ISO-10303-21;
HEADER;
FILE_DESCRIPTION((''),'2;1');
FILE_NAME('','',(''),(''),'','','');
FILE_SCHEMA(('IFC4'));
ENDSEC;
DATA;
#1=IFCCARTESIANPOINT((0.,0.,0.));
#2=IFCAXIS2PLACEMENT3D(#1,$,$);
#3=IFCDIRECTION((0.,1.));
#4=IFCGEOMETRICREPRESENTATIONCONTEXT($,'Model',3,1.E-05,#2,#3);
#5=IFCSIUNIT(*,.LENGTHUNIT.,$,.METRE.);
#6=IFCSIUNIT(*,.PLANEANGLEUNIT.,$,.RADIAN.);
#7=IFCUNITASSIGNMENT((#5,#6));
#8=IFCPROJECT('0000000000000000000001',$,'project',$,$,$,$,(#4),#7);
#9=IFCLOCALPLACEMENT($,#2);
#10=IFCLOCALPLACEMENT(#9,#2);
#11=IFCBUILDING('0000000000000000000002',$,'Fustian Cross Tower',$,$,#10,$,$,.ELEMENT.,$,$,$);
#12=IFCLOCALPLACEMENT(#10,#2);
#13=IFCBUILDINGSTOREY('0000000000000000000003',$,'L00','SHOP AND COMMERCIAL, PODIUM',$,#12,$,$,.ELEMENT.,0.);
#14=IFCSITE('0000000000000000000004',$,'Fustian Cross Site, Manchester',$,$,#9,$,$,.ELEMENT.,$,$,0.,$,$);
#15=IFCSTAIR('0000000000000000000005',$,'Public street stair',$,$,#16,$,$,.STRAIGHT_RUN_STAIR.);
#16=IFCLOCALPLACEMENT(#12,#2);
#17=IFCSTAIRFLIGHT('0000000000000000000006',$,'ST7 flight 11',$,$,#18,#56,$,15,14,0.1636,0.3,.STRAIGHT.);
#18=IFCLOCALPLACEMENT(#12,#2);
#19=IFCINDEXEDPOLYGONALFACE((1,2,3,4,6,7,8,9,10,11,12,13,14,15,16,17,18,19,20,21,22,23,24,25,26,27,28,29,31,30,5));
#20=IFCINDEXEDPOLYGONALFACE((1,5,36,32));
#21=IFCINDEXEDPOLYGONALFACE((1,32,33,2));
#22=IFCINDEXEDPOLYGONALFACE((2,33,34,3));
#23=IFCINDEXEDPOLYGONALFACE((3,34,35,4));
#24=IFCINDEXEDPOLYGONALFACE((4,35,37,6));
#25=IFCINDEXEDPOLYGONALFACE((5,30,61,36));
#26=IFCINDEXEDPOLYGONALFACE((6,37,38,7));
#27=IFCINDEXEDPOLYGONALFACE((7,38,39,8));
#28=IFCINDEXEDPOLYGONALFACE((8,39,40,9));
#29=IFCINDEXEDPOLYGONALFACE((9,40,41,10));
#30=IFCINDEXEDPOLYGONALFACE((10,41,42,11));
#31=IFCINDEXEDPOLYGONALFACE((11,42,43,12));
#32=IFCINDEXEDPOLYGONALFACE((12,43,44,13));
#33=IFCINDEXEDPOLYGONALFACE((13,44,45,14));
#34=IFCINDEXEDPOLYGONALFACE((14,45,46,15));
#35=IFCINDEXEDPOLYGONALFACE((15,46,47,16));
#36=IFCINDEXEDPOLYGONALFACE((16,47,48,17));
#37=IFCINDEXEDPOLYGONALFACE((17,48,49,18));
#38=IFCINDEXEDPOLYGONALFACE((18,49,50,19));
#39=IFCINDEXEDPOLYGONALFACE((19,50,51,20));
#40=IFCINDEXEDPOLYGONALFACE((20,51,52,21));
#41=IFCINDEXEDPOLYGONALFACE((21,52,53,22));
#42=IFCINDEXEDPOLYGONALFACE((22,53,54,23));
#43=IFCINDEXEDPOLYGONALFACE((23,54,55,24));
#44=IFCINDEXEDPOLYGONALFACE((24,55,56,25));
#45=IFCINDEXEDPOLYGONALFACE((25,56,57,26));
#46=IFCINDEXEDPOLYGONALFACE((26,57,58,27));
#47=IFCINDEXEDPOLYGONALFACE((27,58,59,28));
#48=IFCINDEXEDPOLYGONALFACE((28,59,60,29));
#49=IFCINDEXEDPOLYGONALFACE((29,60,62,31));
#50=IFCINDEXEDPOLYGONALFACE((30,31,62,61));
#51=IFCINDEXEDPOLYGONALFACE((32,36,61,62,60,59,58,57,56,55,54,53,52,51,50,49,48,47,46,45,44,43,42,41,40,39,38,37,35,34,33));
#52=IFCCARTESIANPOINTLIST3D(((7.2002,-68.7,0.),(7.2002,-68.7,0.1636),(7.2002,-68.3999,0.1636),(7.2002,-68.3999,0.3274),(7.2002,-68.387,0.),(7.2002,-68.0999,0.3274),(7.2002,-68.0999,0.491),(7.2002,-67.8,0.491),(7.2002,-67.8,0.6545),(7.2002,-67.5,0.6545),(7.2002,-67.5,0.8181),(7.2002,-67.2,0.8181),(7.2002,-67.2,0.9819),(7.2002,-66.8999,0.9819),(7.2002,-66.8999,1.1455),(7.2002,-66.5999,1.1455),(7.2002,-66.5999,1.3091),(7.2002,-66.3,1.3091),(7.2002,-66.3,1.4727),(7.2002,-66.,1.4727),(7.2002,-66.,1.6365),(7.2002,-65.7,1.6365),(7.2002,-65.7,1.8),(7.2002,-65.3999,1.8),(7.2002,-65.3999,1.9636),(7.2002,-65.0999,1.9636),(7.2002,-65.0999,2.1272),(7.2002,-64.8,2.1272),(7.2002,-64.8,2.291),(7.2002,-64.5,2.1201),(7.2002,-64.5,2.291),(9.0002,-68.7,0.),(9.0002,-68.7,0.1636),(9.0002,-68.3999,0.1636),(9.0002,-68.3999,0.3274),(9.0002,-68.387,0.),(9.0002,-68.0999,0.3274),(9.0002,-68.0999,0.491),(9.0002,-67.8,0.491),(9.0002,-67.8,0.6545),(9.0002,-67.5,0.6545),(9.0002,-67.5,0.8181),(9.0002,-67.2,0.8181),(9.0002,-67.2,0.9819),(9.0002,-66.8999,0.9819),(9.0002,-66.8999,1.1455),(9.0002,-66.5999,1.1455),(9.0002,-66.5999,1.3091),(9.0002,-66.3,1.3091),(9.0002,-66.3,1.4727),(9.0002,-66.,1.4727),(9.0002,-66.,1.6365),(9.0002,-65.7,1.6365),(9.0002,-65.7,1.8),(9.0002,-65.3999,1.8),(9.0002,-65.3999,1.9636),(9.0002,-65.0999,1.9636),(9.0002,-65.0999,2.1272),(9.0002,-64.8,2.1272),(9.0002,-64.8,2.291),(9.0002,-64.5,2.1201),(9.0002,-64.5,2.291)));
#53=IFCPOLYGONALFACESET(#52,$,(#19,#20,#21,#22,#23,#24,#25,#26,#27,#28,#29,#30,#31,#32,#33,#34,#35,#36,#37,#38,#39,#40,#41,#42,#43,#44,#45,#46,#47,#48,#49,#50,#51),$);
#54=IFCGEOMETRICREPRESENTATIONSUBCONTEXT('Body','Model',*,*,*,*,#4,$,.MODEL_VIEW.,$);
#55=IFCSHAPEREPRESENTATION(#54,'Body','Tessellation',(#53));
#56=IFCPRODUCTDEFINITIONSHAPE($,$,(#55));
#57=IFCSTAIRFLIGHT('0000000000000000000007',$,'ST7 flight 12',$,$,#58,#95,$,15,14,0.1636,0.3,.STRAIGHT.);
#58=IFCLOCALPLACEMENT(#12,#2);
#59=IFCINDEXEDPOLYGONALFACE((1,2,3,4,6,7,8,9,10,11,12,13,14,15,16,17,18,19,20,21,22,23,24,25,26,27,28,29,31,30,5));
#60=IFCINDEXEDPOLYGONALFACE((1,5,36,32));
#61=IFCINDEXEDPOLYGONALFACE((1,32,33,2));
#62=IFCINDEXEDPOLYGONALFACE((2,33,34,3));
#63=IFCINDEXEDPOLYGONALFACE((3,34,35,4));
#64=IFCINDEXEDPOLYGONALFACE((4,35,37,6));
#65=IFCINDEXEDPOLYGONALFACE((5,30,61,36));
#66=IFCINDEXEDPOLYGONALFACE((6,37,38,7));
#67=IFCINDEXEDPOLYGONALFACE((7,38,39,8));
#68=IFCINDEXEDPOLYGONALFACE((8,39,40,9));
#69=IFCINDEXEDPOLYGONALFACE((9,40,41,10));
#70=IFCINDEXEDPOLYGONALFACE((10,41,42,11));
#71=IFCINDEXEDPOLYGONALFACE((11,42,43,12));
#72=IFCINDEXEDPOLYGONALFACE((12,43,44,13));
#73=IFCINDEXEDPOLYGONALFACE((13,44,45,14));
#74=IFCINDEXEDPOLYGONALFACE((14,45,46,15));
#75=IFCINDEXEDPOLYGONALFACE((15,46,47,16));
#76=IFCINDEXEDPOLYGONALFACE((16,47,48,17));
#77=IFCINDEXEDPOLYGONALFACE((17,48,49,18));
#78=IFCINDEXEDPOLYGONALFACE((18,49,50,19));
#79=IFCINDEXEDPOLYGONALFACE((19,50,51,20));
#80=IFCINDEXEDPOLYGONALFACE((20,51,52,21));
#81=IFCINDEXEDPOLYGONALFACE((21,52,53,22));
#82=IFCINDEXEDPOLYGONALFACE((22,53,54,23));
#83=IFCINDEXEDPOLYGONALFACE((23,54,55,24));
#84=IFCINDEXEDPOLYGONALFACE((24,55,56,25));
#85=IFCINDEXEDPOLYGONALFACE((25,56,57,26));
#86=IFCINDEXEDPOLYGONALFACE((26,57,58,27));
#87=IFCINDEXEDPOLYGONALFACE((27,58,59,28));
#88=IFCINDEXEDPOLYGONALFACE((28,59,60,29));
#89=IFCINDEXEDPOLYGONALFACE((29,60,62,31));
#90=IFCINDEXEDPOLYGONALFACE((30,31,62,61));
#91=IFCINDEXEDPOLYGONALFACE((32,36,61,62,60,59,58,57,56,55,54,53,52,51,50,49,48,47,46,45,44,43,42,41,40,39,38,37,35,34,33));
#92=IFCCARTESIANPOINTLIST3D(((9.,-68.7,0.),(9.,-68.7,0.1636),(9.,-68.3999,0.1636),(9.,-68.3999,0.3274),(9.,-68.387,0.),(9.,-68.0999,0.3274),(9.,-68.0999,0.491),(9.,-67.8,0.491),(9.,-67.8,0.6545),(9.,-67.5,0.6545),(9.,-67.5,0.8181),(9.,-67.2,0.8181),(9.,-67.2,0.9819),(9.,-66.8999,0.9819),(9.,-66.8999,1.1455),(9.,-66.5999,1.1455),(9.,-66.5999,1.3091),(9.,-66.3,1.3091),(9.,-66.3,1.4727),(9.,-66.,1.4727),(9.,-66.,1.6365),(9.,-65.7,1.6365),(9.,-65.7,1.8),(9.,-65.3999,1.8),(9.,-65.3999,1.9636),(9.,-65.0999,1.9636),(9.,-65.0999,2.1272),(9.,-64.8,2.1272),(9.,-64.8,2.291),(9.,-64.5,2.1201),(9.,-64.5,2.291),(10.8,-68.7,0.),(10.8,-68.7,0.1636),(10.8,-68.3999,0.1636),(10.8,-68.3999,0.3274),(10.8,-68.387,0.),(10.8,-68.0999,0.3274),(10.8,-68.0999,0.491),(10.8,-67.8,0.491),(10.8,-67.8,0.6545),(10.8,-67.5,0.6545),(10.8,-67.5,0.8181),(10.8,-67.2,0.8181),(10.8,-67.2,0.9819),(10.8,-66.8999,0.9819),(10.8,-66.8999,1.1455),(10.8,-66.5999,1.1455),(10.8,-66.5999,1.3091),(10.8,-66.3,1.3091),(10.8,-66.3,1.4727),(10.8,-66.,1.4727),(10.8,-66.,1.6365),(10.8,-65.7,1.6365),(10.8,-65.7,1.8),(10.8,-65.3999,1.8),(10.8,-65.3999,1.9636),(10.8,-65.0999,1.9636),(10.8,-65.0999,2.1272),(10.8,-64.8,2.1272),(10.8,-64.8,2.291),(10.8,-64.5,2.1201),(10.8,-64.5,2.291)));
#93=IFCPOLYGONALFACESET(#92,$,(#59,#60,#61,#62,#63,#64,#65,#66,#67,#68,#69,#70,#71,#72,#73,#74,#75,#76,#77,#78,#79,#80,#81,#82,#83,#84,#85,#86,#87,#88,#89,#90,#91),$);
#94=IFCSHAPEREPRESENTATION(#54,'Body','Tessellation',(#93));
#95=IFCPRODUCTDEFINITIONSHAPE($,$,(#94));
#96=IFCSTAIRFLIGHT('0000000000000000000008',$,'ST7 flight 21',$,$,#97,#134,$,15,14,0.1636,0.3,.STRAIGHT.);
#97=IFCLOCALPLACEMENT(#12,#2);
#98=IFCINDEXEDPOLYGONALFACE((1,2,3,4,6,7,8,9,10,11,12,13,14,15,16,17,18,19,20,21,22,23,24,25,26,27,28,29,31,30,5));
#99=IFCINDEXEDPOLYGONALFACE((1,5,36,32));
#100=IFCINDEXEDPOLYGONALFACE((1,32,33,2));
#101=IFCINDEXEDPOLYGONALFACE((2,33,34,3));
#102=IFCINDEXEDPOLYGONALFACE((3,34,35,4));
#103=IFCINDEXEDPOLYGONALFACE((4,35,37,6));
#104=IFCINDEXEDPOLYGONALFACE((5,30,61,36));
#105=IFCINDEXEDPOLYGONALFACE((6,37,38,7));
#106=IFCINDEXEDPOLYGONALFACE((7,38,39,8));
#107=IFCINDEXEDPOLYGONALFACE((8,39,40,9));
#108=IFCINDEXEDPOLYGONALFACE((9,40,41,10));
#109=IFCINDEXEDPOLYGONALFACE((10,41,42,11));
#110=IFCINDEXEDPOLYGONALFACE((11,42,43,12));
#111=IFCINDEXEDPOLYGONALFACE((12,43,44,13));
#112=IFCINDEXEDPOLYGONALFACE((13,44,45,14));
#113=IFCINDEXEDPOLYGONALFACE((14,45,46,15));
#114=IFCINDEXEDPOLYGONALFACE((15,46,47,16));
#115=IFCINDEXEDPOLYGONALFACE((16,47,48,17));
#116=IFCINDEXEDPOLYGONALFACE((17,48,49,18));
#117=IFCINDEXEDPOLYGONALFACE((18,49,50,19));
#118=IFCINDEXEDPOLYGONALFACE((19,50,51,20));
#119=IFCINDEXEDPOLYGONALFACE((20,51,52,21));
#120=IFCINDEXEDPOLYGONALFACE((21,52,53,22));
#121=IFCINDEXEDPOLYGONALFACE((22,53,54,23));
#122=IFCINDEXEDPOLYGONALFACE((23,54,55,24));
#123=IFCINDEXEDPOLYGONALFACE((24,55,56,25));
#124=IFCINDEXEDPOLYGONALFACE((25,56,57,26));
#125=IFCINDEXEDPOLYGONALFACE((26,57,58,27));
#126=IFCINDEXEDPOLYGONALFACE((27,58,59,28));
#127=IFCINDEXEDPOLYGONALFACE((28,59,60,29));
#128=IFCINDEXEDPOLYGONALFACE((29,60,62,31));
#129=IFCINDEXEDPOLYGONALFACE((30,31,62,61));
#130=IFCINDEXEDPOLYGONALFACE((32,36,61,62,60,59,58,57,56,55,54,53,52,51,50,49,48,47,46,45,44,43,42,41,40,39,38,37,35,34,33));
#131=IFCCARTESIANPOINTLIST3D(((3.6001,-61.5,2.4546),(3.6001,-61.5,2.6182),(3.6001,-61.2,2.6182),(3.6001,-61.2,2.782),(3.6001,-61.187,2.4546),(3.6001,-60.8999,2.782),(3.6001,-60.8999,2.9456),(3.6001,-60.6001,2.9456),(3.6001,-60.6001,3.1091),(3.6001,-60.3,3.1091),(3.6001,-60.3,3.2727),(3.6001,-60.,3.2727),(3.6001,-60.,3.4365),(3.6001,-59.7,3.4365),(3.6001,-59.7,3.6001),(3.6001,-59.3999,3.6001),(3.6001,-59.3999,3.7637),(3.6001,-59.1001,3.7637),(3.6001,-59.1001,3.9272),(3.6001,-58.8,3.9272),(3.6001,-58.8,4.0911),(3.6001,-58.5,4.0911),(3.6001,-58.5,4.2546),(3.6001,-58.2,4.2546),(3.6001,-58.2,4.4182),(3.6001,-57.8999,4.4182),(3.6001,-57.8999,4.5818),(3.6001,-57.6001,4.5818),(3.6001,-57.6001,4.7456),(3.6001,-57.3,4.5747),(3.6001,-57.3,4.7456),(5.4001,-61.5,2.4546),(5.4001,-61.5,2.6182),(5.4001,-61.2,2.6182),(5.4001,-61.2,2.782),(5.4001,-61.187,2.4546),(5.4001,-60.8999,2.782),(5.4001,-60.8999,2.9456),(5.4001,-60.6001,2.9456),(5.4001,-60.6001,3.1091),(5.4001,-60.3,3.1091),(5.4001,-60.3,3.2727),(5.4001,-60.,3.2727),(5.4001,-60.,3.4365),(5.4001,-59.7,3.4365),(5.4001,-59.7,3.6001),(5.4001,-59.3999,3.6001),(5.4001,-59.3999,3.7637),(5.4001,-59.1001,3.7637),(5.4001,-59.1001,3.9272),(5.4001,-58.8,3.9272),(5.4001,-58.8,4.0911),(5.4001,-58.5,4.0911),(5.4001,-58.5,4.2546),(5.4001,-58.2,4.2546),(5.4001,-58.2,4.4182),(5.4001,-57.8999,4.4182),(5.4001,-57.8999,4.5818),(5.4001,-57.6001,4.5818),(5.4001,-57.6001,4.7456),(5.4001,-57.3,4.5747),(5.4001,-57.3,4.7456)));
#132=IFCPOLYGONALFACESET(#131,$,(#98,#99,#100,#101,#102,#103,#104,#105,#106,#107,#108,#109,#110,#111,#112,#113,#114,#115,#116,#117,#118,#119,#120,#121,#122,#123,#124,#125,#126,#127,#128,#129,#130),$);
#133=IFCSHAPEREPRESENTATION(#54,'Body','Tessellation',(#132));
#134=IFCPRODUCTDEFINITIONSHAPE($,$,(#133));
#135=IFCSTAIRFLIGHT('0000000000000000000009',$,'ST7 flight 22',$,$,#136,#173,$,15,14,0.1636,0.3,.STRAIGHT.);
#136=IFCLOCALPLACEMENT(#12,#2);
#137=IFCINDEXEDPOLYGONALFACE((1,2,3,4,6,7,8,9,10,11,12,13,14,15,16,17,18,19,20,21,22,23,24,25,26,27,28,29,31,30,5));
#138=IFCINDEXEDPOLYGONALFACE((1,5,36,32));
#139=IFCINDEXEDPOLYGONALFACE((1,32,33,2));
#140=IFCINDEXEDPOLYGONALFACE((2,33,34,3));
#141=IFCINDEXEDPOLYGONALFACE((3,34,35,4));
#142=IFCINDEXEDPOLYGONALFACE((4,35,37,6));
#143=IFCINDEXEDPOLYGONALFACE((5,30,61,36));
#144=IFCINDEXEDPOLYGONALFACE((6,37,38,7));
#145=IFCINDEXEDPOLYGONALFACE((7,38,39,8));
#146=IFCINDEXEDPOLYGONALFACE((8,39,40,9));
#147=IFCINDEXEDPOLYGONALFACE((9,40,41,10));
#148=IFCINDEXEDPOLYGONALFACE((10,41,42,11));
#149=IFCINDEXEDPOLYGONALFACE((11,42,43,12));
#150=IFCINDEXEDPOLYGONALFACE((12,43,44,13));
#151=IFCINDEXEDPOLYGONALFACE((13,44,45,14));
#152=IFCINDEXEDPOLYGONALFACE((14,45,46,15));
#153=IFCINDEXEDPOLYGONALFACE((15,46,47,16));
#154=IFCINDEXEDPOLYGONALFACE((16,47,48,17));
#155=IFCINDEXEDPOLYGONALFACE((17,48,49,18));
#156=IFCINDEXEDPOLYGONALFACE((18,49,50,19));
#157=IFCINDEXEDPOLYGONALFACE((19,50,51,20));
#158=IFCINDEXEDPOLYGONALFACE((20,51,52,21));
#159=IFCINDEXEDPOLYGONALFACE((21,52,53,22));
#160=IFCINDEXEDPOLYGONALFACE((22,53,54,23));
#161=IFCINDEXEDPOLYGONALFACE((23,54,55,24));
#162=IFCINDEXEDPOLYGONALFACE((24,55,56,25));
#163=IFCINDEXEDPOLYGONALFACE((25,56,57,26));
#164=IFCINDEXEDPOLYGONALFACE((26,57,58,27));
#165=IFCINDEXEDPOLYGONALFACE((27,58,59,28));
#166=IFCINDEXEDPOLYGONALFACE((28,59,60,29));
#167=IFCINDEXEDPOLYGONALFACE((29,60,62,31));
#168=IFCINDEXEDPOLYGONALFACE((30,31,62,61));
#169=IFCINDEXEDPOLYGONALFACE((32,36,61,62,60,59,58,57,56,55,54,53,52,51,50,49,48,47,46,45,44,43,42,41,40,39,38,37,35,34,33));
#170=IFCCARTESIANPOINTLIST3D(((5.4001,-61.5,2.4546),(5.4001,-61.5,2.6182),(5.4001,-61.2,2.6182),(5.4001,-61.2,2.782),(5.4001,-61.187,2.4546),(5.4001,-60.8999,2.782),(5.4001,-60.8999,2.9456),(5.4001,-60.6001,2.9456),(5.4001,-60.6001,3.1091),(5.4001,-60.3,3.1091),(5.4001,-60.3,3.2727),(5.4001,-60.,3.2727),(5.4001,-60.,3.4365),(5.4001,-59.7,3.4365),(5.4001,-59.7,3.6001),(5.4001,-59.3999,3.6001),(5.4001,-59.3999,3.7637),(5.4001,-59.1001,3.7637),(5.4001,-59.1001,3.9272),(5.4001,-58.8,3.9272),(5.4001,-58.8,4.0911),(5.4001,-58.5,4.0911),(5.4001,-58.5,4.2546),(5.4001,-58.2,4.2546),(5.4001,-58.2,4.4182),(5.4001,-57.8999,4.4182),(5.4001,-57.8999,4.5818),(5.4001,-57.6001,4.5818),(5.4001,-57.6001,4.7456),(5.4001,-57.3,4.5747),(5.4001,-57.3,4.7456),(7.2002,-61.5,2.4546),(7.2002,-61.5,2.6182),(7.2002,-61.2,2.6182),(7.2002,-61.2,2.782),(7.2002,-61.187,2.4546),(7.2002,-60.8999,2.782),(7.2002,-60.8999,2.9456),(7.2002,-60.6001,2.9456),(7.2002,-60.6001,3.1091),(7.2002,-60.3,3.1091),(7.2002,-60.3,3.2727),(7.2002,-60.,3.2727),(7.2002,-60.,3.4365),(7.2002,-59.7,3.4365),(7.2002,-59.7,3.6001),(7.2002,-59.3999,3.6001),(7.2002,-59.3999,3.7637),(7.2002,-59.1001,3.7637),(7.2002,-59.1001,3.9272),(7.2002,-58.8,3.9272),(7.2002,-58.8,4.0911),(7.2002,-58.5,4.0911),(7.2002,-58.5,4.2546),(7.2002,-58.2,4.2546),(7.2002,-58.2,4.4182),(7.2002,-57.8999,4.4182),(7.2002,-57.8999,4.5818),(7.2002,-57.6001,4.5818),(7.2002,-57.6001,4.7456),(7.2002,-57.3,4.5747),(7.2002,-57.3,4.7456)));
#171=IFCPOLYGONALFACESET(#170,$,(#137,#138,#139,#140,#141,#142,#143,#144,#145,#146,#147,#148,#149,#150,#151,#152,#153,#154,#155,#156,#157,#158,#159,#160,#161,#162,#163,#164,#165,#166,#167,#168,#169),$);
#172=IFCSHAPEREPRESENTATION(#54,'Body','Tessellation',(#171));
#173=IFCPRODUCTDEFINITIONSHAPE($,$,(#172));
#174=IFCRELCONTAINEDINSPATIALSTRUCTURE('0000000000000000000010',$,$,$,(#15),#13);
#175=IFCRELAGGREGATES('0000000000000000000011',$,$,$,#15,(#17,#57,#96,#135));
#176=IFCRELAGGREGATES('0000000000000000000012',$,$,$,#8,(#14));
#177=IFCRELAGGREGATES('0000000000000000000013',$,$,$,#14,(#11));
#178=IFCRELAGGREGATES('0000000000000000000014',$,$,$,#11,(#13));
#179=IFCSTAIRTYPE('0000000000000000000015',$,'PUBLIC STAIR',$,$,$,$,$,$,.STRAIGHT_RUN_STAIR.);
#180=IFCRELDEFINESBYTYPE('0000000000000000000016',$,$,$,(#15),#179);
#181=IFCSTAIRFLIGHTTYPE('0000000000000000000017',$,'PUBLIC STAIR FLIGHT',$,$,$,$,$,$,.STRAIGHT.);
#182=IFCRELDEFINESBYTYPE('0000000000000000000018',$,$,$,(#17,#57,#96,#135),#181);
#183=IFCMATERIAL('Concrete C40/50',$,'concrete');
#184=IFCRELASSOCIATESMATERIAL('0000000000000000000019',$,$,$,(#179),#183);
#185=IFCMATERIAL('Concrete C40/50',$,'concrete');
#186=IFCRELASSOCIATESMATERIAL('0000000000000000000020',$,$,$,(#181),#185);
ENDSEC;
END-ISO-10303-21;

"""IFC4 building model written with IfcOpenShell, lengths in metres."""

from ifc_helpers import new_model, si_unit, direction, frame, origin, place, context, subcontext, project, spatial, polyline, outline, extrude, material, type_object, element, aggregate, save


model = new_model("IFC4")

# Units and contexts
model_context = context("Model", 3, precision=1e-05, world=origin(), true_north=direction((0.0, 1.0)))
body_context = subcontext(model_context, "Body", "Model", "MODEL_VIEW")
ifc_project = project(units=[si_unit("LENGTHUNIT", "METRE"), si_unit("PLANEANGLEUNIT", "RADIAN")], contexts=[model_context])

# Site, building, storey
site_placement = place(None, origin())
site = spatial("IfcSite", under=ifc_project, at=site_placement, Name="Fustian Cross Site, Manchester", CompositionType="ELEMENT", RefElevation=0.0)
building_placement = place(site_placement, origin())
building = spatial("IfcBuilding", under=site, at=building_placement, Name="Fustian Cross Tower", CompositionType="ELEMENT")
storey_placement = place(building_placement, origin())
storey = spatial("IfcBuildingStorey", under=building, at=storey_placement, Name="L00", Description="SHOP AND COMMERCIAL, PODIUM", CompositionType="ELEMENT", Elevation=0.0)

# Stair, stair flights
ifc_material_1 = material(Name="Concrete C40/50", Category="concrete")
stair_type = type_object("IfcStairType", Name="PUBLIC STAIR", PredefinedType="STRAIGHT_RUN_STAIR", material=ifc_material_1)
stair_placement = place(storey_placement, origin())
stair = element("IfcStair", 1, at=stair_placement, inside=storey, type_object=stair_type, Name="Public street stair", PredefinedType="STRAIGHT_RUN_STAIR")
ifc_material_2 = material(Name="Concrete C40/50", Category="concrete")
stair_flight_type = type_object("IfcStairFlightType", Name="PUBLIC STAIR FLIGHT", PredefinedType="STRAIGHT", material=ifc_material_2)
stair_flight_1_placement = place(storey_placement, frame((8.1001, -68.7, 0.0), z_axis=(0.0, 0.0, 1.0), x_axis=(0.0, 1.0, 0.0)))
stair_flight_1 = element("IfcStairFlight", 2, at=stair_flight_1_placement, type_object=stair_flight_type, Name="ST7 flight 11", NumberOfRisers=15, NumberOfTreads=14, PredefinedType="STRAIGHT", RiserHeight=0.1636, TreadLength=0.3, context=body_context, shape_type="SweptSolid", body=[
    extrude(outline(polyline([(0.0, 0.0), (0.0, 0.1636), (0.3, 0.1636), (0.3, 0.3274), (0.6001, 0.3274), (0.6001, 0.491), (0.8999, 0.491), (0.8999, 0.6545), (1.2, 0.6545), (1.2, 0.8181), (1.5, 0.8181), (1.5, 0.9819), (1.8, 0.9819), (1.8, 1.1455), (2.1001, 1.1455), (2.1001, 1.3091), (2.3999, 1.3091), (2.3999, 1.4727), (2.7, 1.4727), (2.7, 1.6365), (3.0, 1.6365), (3.0, 1.8), (3.3, 1.8), (3.3, 1.9636), (3.6001, 1.9636), (3.6001, 2.1272), (3.8999, 2.1272), (3.8999, 2.291), (4.2, 2.291), (4.2, 2.4546), (4.2, 2.1201), (0.313, 0.0), (0.0, 0.0)])), frame((0.0, 0.8999, 0.0), z_axis=(0.0, -1.0, 0.0), x_axis=(1.0, 0.0, 0.0)), (0.0, 0.0, 1.0), 1.8),
])
stair_flight_2_placement = place(storey_placement, frame((9.8999, -68.7, 0.0), z_axis=(0.0, 0.0, 1.0), x_axis=(0.0, 1.0, 0.0)))
stair_flight_2 = element("IfcStairFlight", 3, at=stair_flight_2_placement, type_object=stair_flight_type, Name="ST7 flight 12", NumberOfRisers=15, NumberOfTreads=14, PredefinedType="STRAIGHT", RiserHeight=0.1636, TreadLength=0.3, context=body_context, shape_type="SweptSolid", body=[
    extrude(outline(polyline([(0.0, 0.0), (0.0, 0.1636), (0.3, 0.1636), (0.3, 0.3274), (0.6001, 0.3274), (0.6001, 0.491), (0.8999, 0.491), (0.8999, 0.6545), (1.2, 0.6545), (1.2, 0.8181), (1.5, 0.8181), (1.5, 0.9819), (1.8, 0.9819), (1.8, 1.1455), (2.1001, 1.1455), (2.1001, 1.3091), (2.3999, 1.3091), (2.3999, 1.4727), (2.7, 1.4727), (2.7, 1.6365), (3.0, 1.6365), (3.0, 1.8), (3.3, 1.8), (3.3, 1.9636), (3.6001, 1.9636), (3.6001, 2.1272), (3.8999, 2.1272), (3.8999, 2.291), (4.2, 2.291), (4.2, 2.4546), (4.2, 2.1201), (0.313, 0.0), (0.0, 0.0)])), frame((0.0, 0.8999, 0.0), z_axis=(0.0, -1.0, 0.0), x_axis=(1.0, 0.0, 0.0)), (0.0, 0.0, 1.0), 1.8),
])
stair_flight_3_placement = place(storey_placement, frame((4.5, -61.5, 2.4546), z_axis=(0.0, 0.0, 1.0), x_axis=(0.0, 1.0, 0.0)))
stair_flight_3 = element("IfcStairFlight", 4, at=stair_flight_3_placement, type_object=stair_flight_type, Name="ST7 flight 21", NumberOfRisers=15, NumberOfTreads=14, PredefinedType="STRAIGHT", RiserHeight=0.1636, TreadLength=0.3, context=body_context, shape_type="SweptSolid", body=[
    extrude(outline(polyline([(0.0, 0.0), (0.0, 0.1636), (0.3, 0.1636), (0.3, 0.3274), (0.6001, 0.3274), (0.6001, 0.491), (0.8999, 0.491), (0.8999, 0.6545), (1.2, 0.6545), (1.2, 0.8181), (1.5, 0.8181), (1.5, 0.9819), (1.8, 0.9819), (1.8, 1.1455), (2.1001, 1.1455), (2.1001, 1.3091), (2.3999, 1.3091), (2.3999, 1.4727), (2.7, 1.4727), (2.7, 1.6365), (3.0, 1.6365), (3.0, 1.8), (3.3, 1.8), (3.3, 1.9636), (3.6001, 1.9636), (3.6001, 2.1272), (3.8999, 2.1272), (3.8999, 2.291), (4.2, 2.291), (4.2, 2.4546), (4.2, 2.1201), (0.313, 0.0), (0.0, 0.0)])), frame((0.0, 0.8999, 0.0), z_axis=(0.0, -1.0, 0.0), x_axis=(1.0, 0.0, 0.0)), (0.0, 0.0, 1.0), 1.8),
])
stair_flight_4_placement = place(storey_placement, frame((6.3, -61.5, 2.4546), z_axis=(0.0, 0.0, 1.0), x_axis=(0.0, 1.0, 0.0)))
stair_flight_4 = element("IfcStairFlight", 5, at=stair_flight_4_placement, type_object=stair_flight_type, Name="ST7 flight 22", NumberOfRisers=15, NumberOfTreads=14, PredefinedType="STRAIGHT", RiserHeight=0.1636, TreadLength=0.3, context=body_context, shape_type="SweptSolid", body=[
    extrude(outline(polyline([(0.0, 0.0), (0.0, 0.1636), (0.3, 0.1636), (0.3, 0.3274), (0.6001, 0.3274), (0.6001, 0.491), (0.8999, 0.491), (0.8999, 0.6545), (1.2, 0.6545), (1.2, 0.8181), (1.5, 0.8181), (1.5, 0.9819), (1.8, 0.9819), (1.8, 1.1455), (2.1001, 1.1455), (2.1001, 1.3091), (2.3999, 1.3091), (2.3999, 1.4727), (2.7, 1.4727), (2.7, 1.6365), (3.0, 1.6365), (3.0, 1.8), (3.3, 1.8), (3.3, 1.9636), (3.6001, 1.9636), (3.6001, 2.1272), (3.8999, 2.1272), (3.8999, 2.291), (4.2, 2.291), (4.2, 2.4546), (4.2, 2.1201), (0.313, 0.0), (0.0, 0.0)])), frame((0.0, 0.8999, 0.0), z_axis=(0.0, -1.0, 0.0), x_axis=(1.0, 0.0, 0.0)), (0.0, 0.0, 1.0), 1.8),
])
aggregate(stair, [stair_flight_1, stair_flight_2, stair_flight_3, stair_flight_4])

save(model, "model.ifc")
